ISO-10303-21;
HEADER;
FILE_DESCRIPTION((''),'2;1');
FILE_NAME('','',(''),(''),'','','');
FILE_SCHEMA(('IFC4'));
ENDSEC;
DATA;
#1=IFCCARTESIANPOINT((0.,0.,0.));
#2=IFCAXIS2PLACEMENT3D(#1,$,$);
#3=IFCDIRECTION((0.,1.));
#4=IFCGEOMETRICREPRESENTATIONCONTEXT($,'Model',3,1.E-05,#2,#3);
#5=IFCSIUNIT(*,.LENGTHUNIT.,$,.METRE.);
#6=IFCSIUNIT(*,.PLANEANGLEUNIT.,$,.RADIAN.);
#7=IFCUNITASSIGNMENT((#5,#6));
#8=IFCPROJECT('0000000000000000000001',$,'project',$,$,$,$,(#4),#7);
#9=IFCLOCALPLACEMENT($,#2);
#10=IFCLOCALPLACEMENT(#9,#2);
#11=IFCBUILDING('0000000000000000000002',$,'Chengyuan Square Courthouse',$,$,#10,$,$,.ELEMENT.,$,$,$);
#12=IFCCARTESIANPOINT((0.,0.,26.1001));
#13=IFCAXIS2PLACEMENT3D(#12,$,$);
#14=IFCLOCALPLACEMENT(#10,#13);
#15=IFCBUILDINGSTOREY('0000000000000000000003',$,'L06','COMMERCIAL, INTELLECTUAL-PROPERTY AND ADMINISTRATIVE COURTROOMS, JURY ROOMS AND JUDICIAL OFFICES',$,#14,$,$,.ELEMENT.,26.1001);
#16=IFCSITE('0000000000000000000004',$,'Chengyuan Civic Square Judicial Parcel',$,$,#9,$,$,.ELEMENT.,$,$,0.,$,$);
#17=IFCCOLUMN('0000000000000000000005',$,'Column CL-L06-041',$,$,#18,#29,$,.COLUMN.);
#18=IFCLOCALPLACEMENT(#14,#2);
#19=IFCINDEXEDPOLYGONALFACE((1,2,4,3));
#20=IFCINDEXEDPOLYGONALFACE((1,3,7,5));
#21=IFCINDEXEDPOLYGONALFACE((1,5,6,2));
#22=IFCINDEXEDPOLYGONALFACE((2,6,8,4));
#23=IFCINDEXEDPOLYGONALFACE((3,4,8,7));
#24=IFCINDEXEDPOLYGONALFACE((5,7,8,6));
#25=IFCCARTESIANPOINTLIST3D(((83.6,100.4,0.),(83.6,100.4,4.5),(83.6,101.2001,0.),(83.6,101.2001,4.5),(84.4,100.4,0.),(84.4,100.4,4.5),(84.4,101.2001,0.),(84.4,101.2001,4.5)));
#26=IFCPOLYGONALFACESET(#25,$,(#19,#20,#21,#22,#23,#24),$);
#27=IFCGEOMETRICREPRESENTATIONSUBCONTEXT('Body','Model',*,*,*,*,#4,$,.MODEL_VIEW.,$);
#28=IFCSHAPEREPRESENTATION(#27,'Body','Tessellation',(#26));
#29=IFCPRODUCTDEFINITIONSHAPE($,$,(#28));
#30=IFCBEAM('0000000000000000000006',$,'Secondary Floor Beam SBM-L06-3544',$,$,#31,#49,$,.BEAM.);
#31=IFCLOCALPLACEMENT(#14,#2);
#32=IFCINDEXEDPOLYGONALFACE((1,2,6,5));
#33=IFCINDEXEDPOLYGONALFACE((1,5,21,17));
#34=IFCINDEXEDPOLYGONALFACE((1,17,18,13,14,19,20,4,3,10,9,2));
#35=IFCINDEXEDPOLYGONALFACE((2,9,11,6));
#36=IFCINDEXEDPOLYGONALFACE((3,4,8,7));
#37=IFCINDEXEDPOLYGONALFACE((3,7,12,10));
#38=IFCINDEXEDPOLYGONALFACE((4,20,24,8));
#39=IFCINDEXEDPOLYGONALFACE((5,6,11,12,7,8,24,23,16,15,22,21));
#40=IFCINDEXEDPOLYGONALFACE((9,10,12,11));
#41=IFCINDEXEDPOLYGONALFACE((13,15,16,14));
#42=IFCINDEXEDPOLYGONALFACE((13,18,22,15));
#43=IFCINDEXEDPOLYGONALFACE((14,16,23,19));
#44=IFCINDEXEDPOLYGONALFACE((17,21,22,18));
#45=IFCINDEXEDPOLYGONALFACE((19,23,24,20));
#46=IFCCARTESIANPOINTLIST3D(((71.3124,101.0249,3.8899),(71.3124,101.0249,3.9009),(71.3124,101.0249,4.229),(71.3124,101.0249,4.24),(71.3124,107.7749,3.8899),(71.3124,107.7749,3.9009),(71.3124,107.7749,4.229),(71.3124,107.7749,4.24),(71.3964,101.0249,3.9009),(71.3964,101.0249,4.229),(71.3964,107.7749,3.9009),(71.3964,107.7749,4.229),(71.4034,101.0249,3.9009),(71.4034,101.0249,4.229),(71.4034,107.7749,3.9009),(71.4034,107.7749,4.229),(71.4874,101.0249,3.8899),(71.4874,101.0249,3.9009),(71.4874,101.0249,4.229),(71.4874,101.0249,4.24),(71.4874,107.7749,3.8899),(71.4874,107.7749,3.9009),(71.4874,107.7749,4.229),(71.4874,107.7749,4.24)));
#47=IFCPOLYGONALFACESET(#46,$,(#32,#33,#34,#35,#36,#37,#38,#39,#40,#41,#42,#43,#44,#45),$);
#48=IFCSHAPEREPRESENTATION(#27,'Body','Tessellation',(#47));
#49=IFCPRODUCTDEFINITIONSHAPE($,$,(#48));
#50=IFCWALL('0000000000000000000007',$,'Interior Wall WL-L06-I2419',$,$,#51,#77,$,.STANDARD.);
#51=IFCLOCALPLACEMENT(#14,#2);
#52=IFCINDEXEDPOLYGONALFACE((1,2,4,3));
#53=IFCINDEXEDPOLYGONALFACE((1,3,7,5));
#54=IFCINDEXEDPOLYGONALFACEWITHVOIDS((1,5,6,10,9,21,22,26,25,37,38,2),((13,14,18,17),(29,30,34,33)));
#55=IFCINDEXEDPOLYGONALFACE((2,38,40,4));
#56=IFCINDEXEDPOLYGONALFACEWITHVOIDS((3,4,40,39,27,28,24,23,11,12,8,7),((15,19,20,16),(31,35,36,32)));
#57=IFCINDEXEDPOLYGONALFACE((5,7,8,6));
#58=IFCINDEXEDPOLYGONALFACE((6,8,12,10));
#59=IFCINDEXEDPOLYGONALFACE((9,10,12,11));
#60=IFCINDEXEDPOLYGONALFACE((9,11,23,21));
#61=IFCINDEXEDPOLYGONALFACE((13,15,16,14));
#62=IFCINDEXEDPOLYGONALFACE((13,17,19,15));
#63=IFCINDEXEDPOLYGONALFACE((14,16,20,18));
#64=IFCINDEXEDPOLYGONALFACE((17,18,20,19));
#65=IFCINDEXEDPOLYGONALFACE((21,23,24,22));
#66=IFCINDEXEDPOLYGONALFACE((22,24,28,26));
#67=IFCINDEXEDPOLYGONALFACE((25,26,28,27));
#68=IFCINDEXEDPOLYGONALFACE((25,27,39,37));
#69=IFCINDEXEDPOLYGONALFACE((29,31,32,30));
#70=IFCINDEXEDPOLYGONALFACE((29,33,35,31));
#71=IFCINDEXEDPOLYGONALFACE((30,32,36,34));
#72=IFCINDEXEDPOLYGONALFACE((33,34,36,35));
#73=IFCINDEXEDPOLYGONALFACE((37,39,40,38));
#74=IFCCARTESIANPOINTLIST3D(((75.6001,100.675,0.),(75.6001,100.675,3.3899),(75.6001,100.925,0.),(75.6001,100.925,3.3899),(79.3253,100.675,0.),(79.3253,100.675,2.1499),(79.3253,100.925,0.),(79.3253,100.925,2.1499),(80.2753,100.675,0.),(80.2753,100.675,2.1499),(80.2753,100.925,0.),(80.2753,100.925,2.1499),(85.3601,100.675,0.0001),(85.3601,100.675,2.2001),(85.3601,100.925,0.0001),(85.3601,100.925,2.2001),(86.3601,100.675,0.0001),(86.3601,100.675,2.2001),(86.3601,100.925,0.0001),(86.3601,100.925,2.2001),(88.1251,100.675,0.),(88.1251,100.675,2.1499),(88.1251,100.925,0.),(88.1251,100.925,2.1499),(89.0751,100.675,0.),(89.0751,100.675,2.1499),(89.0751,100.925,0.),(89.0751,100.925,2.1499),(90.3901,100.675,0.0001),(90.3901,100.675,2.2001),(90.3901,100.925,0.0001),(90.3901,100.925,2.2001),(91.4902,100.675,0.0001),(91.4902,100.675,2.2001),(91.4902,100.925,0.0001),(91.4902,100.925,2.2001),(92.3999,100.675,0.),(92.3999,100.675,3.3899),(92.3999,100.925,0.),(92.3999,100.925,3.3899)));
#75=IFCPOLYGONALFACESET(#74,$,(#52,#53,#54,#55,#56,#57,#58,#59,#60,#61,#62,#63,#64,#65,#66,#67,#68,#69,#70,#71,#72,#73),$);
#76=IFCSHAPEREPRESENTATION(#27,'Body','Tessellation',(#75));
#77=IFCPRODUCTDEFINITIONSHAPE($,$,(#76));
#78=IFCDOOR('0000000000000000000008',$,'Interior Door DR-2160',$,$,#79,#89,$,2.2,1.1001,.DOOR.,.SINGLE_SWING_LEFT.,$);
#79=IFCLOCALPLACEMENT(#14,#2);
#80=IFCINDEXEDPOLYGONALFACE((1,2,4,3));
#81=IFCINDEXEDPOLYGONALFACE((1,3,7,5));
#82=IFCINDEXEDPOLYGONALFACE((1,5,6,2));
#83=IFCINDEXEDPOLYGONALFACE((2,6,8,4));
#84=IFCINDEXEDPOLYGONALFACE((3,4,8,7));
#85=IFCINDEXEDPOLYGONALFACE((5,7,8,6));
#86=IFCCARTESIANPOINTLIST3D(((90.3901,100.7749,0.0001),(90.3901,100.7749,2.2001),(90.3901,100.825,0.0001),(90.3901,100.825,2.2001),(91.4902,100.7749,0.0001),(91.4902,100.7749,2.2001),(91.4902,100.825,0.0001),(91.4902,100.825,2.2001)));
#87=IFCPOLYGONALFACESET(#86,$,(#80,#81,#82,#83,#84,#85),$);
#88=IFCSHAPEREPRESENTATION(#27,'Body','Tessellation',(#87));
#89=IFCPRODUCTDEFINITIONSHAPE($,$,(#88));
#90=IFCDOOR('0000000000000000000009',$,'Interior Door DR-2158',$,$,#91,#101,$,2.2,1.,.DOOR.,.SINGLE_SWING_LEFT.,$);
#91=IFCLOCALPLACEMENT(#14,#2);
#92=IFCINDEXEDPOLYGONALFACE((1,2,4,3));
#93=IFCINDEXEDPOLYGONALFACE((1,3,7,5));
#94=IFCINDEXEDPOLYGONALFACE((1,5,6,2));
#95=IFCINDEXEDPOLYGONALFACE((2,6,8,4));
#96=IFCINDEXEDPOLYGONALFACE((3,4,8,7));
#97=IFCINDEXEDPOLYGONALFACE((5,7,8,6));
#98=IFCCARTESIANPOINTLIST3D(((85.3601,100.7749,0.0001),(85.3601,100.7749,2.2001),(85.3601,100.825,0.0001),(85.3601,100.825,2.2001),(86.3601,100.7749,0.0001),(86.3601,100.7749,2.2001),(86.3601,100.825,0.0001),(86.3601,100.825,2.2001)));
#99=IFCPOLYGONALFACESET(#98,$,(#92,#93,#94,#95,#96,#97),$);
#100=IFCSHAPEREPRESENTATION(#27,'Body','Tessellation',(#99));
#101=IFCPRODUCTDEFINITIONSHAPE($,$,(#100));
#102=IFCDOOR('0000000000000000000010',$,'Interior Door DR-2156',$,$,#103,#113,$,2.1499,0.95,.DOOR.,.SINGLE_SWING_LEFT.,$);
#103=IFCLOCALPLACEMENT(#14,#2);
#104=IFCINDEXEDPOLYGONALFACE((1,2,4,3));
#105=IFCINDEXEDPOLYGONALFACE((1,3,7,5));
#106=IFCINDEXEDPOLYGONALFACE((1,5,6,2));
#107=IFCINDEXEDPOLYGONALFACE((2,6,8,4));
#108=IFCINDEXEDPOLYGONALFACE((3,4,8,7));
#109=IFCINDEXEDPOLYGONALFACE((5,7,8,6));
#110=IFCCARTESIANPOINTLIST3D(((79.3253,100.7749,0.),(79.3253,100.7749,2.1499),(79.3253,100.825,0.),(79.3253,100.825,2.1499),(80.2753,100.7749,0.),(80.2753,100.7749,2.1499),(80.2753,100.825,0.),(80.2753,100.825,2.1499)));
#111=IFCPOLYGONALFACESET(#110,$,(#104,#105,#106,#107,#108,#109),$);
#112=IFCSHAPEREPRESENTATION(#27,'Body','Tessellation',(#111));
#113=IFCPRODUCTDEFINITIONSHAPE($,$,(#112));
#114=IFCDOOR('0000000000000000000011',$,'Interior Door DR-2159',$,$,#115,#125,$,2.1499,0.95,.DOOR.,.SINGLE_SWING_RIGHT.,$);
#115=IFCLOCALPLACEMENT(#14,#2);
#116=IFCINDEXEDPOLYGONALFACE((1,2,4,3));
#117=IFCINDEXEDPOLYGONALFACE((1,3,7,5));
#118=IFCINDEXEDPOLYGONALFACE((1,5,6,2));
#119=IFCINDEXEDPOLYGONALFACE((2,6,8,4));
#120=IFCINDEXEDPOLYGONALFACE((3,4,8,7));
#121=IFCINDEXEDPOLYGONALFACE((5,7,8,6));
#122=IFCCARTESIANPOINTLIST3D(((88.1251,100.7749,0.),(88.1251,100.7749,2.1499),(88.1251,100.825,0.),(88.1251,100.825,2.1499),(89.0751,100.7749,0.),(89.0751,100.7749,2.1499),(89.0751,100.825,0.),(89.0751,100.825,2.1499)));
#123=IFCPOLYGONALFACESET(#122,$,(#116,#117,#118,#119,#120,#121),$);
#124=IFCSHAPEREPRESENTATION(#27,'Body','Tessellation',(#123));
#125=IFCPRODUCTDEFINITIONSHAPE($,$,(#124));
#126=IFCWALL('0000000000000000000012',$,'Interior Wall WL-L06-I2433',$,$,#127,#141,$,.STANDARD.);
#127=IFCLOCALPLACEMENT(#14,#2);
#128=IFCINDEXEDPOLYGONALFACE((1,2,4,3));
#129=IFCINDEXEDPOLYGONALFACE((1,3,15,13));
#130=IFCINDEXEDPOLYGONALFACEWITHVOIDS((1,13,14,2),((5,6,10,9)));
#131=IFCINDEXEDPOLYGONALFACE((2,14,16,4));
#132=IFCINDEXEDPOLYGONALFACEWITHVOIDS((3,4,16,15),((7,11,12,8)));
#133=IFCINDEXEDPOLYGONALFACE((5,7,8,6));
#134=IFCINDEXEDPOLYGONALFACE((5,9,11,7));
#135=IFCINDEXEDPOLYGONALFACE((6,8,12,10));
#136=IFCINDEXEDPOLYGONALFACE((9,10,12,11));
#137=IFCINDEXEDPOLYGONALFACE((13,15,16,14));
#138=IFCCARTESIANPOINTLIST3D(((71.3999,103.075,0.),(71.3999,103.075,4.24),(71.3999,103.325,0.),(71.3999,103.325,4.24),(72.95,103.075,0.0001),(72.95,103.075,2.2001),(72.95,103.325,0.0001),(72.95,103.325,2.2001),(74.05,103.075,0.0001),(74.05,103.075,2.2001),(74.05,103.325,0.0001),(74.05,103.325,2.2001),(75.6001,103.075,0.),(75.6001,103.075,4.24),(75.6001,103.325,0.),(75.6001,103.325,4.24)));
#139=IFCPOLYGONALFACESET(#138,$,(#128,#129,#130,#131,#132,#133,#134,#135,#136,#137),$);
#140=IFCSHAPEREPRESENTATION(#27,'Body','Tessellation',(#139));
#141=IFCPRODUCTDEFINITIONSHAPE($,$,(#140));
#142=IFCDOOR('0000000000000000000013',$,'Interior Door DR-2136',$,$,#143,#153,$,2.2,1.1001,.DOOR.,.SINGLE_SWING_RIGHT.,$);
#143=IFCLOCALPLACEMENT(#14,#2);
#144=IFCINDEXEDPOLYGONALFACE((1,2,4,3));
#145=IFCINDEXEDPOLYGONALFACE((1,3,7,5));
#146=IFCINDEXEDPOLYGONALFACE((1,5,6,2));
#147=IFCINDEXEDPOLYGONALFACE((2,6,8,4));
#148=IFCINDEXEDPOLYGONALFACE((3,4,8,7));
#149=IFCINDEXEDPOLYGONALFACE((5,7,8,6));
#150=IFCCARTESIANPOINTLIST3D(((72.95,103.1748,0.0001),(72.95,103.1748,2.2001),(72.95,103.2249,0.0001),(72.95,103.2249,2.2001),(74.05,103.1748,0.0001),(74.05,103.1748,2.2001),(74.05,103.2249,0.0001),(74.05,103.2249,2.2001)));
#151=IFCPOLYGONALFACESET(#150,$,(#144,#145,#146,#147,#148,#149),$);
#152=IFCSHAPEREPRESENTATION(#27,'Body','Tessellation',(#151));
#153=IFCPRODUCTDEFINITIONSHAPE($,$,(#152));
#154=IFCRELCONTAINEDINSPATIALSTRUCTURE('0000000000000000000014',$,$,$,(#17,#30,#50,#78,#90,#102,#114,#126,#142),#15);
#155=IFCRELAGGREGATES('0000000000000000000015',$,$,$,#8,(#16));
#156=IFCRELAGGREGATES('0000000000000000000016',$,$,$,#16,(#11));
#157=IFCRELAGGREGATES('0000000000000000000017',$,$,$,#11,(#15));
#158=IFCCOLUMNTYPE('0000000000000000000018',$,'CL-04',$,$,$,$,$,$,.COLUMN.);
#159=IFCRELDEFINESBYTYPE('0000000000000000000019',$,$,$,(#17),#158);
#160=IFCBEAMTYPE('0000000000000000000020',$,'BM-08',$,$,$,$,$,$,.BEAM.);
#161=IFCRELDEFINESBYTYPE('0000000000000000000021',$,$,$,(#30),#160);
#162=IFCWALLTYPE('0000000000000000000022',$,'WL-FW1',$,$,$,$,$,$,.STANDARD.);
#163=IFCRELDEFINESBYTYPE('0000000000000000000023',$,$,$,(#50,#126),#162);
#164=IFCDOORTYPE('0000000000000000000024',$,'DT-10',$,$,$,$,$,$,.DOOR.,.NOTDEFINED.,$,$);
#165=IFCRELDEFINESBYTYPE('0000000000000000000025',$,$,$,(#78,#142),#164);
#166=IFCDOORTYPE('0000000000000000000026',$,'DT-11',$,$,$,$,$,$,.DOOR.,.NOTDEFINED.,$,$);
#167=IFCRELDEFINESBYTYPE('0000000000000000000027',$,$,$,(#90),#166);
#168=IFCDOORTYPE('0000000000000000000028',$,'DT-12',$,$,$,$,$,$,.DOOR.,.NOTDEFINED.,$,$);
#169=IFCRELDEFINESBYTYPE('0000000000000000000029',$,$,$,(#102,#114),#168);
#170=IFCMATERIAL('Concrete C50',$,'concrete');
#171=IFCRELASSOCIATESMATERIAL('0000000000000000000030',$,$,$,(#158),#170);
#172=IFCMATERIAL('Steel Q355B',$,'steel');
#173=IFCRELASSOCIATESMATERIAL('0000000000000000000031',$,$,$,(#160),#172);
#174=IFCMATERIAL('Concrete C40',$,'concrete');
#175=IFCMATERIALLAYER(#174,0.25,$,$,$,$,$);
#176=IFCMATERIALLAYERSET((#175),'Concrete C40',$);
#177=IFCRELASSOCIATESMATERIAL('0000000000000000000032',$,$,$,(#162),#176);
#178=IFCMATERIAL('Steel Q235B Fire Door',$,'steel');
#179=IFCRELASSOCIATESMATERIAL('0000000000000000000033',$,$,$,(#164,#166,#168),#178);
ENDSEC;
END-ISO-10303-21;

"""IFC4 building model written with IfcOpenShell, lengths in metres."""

from ifc_helpers import new_model, si_unit, direction, frame, frame_2d, origin, origin_2d, place, context, subcontext, project, spatial, rectangle, i_section, extrude, material, layer, layer_set, material_profile, profile_set, type_object, element, fill, save


model = new_model("IFC4")

# Units and contexts
model_context = context("Model", 3, precision=1e-05, world=origin(), true_north=direction((0.0, 1.0)))
body_context = subcontext(model_context, "Body", "Model", "MODEL_VIEW")
ifc_project = project(units=[si_unit("LENGTHUNIT", "METRE"), si_unit("PLANEANGLEUNIT", "RADIAN")], contexts=[model_context])

# Site, building, storey
site_placement = place(None, origin())
site = spatial("IfcSite", under=ifc_project, at=site_placement, Name="Chengyuan Civic Square Judicial Parcel", CompositionType="ELEMENT", RefElevation=0.0)
building_placement = place(site_placement, origin())
building = spatial("IfcBuilding", under=site, at=building_placement, Name="Chengyuan Square Courthouse", CompositionType="ELEMENT")
storey_placement = place(building_placement, frame((0.0, 0.0, 26.1001)))
storey = spatial("IfcBuildingStorey", under=building, at=storey_placement, Name="L06", Description="COMMERCIAL, INTELLECTUAL-PROPERTY AND ADMINISTRATIVE COURTROOMS, JURY ROOMS AND JUDICIAL OFFICES", CompositionType="ELEMENT", Elevation=26.1001)

# Column
ifc_material_1 = material(Name="Concrete C50", Category="concrete")
ifc_material_profile_1 = material_profile(ifc_material_1, rectangle(XDim=0.8, YDim=0.8, at=origin_2d()), Name="RC-COL-800x800")
ifc_profile_set_1 = profile_set([ifc_material_profile_1], Name="Concrete C50")
column_type = type_object("IfcColumnType", Name="CL-04", PredefinedType="COLUMN", material=ifc_profile_set_1)
column_placement = place(storey_placement, frame((84.0, 100.8, 0.0), z_axis=(0.0, 0.0, 1.0), x_axis=(1.0, 0.0, 0.0)))
element("IfcColumn", 1, at=column_placement, inside=storey, type_object=column_type, Name="Column CL-L06-041", PredefinedType="COLUMN", context=body_context, shape_type="SweptSolid", body=[
    extrude(rectangle(XDim=0.8, YDim=0.8, at=origin_2d()), origin(), (0.0, 0.0, 1.0), 4.5),
])

# Beam
ifc_material_2 = material(Name="Steel Q355B", Category="steel")
ifc_material_profile_2 = material_profile(ifc_material_2, i_section(OverallWidth=0.175, OverallDepth=0.3501, WebThickness=0.0071, FlangeThickness=0.011, at=origin_2d()), Name="HN 350x175x7x11")
ifc_profile_set_2 = profile_set([ifc_material_profile_2], Name="Steel Q355B")
beam_type = type_object("IfcBeamType", Name="BM-08", PredefinedType="BEAM", material=ifc_profile_set_2)
beam_placement = place(storey_placement, frame((71.3999, 101.0249, 4.0649), z_axis=(0.0, 1.0, 0.0), x_axis=(-1.0, 0.0, 0.0)))
element("IfcBeam", 2, at=beam_placement, inside=storey, type_object=beam_type, Name="Secondary Floor Beam SBM-L06-3544", PredefinedType="BEAM", context=body_context, shape_type="SweptSolid", body=[
    extrude(i_section(OverallWidth=0.175, OverallDepth=0.3501, WebThickness=0.0071, FlangeThickness=0.011, at=origin_2d()), origin(), (0.0, 0.0, 1.0), 6.75),
])

# Wall, openings, doors
ifc_material_3 = material(Name="Concrete C40", Category="concrete")
ifc_layer_1 = layer(ifc_material_3, 0.25)
ifc_layer_set_1 = layer_set([ifc_layer_1], Name="Concrete C40")
wall_type_1 = type_object("IfcWallType", Name="WL-FW1", PredefinedType="STANDARD", material=ifc_layer_set_1)
wall_1_placement = place(storey_placement, frame((75.6001, 100.8, 0.0), z_axis=(0.0, 0.0, 1.0), x_axis=(1.0, 0.0, 0.0)))
wall_1 = element("IfcWall", 3, at=wall_1_placement, inside=storey, type_object=wall_type_1, Name="Interior Wall WL-L06-I2419", PredefinedType="STANDARD", context=body_context, shape_type="SweptSolid", body=[
    extrude(rectangle(XDim=16.7998, YDim=0.25, at=frame_2d((8.3999, 0.0))), origin(), (0.0, 0.0, 1.0), 3.3899),
])
opening_1_placement = place(wall_1_placement, frame((3.7251, 0.0, 0.0)))
opening_1 = element("IfcOpeningElement", 4, at=opening_1_placement, cuts=wall_1, PredefinedType="OPENING", context=body_context, shape_type="SweptSolid", body=[
    extrude(rectangle(XDim=0.95, YDim=2.1499, at=frame_2d((0.4751, 1.075))), frame((0.0, 0.137, 0.0), z_axis=(0.0, -1.0, 0.0), x_axis=(1.0, 0.0, 0.0)), (0.0, 0.0, 1.0), 0.2739),
])
opening_2_placement = place(wall_1_placement, frame((9.76, 0.0, 0.0)))
opening_2 = element("IfcOpeningElement", 5, at=opening_2_placement, cuts=wall_1, PredefinedType="OPENING", context=body_context, shape_type="SweptSolid", body=[
    extrude(rectangle(XDim=1.0, YDim=2.2, at=frame_2d((0.5, 1.1001))), frame((0.0, 0.137, 0.0), z_axis=(0.0, -1.0, 0.0), x_axis=(1.0, 0.0, 0.0)), (0.0, 0.0, 1.0), 0.2739),
])
opening_3_placement = place(wall_1_placement, frame((12.5249, 0.0, 0.0)))
opening_3 = element("IfcOpeningElement", 6, at=opening_3_placement, cuts=wall_1, PredefinedType="OPENING", context=body_context, shape_type="SweptSolid", body=[
    extrude(rectangle(XDim=0.95, YDim=2.1499, at=frame_2d((0.4751, 1.075))), frame((0.0, 0.137, 0.0), z_axis=(0.0, -1.0, 0.0), x_axis=(1.0, 0.0, 0.0)), (0.0, 0.0, 1.0), 0.2739),
])
opening_4_placement = place(wall_1_placement, frame((14.79, 0.0, 0.0)))
opening_4 = element("IfcOpeningElement", 7, at=opening_4_placement, cuts=wall_1, PredefinedType="OPENING", context=body_context, shape_type="SweptSolid", body=[
    extrude(rectangle(XDim=1.1001, YDim=2.2, at=frame_2d((0.55, 1.1001))), frame((0.0, 0.137, 0.0), z_axis=(0.0, -1.0, 0.0), x_axis=(1.0, 0.0, 0.0)), (0.0, 0.0, 1.0), 0.2739),
])
ifc_material_4 = material(Name="Steel Q235B Fire Door", Category="steel")
door_type_1 = type_object("IfcDoorType", Name="DT-10", OperationType="NOTDEFINED", PredefinedType="DOOR", material=ifc_material_4)
door_1_placement = place(opening_4_placement, origin())
door_1 = element("IfcDoor", 8, at=door_1_placement, inside=storey, type_object=door_type_1, Name="Interior Door DR-2160", OperationType="SINGLE_SWING_LEFT", OverallHeight=2.2, OverallWidth=1.1001, PredefinedType="DOOR", context=body_context, shape_type="SweptSolid", body=[
    extrude(rectangle(XDim=1.1001, YDim=2.2, at=frame_2d((0.55, 1.1001))), frame((0.0, 0.0249, 0.0), z_axis=(0.0, -1.0, 0.0), x_axis=(1.0, 0.0, 0.0)), (0.0, 0.0, 1.0), 0.05),
])
fill(opening_4, door_1)
door_type_2 = type_object("IfcDoorType", Name="DT-11", OperationType="NOTDEFINED", PredefinedType="DOOR", material=ifc_material_4)
door_2_placement = place(opening_2_placement, origin())
door_2 = element("IfcDoor", 9, at=door_2_placement, inside=storey, type_object=door_type_2, Name="Interior Door DR-2158", OperationType="SINGLE_SWING_LEFT", OverallHeight=2.2, OverallWidth=1.0, PredefinedType="DOOR", context=body_context, shape_type="SweptSolid", body=[
    extrude(rectangle(XDim=1.0, YDim=2.2, at=frame_2d((0.5, 1.1001))), frame((0.0, 0.0249, 0.0), z_axis=(0.0, -1.0, 0.0), x_axis=(1.0, 0.0, 0.0)), (0.0, 0.0, 1.0), 0.05),
])
fill(opening_2, door_2)
door_type_3 = type_object("IfcDoorType", Name="DT-12", OperationType="NOTDEFINED", PredefinedType="DOOR", material=ifc_material_4)
door_3_placement = place(opening_1_placement, origin())
door_3 = element("IfcDoor", 10, at=door_3_placement, inside=storey, type_object=door_type_3, Name="Interior Door DR-2156", OperationType="SINGLE_SWING_LEFT", OverallHeight=2.1499, OverallWidth=0.95, PredefinedType="DOOR", context=body_context, shape_type="SweptSolid", body=[
    extrude(rectangle(XDim=0.95, YDim=2.1499, at=frame_2d((0.4751, 1.075))), frame((0.0, 0.0249, 0.0), z_axis=(0.0, -1.0, 0.0), x_axis=(1.0, 0.0, 0.0)), (0.0, 0.0, 1.0), 0.05),
])
fill(opening_1, door_3)
door_4_placement = place(opening_3_placement, origin())
door_4 = element("IfcDoor", 11, at=door_4_placement, inside=storey, type_object=door_type_3, Name="Interior Door DR-2159", OperationType="SINGLE_SWING_RIGHT", OverallHeight=2.1499, OverallWidth=0.95, PredefinedType="DOOR", context=body_context, shape_type="SweptSolid", body=[
    extrude(rectangle(XDim=0.95, YDim=2.1499, at=frame_2d((0.4751, 1.075))), frame((0.0, 0.0249, 0.0), z_axis=(0.0, -1.0, 0.0), x_axis=(1.0, 0.0, 0.0)), (0.0, 0.0, 1.0), 0.05),
])
fill(opening_3, door_4)

# Wall, opening, door
wall_2_placement = place(storey_placement, frame((71.3999, 103.2, 0.0), z_axis=(0.0, 0.0, 1.0), x_axis=(1.0, 0.0, 0.0)))
wall_2 = element("IfcWall", 12, at=wall_2_placement, inside=storey, type_object=wall_type_1, Name="Interior Wall WL-L06-I2433", PredefinedType="STANDARD", context=body_context, shape_type="SweptSolid", body=[
    extrude(rectangle(XDim=4.2002, YDim=0.25, at=frame_2d((2.1001, 0.0))), origin(), (0.0, 0.0, 1.0), 4.24),
])
opening_5_placement = place(wall_2_placement, frame((1.55, 0.0, 0.0)))
opening_5 = element("IfcOpeningElement", 13, at=opening_5_placement, cuts=wall_2, PredefinedType="OPENING", context=body_context, shape_type="SweptSolid", body=[
    extrude(rectangle(XDim=1.1001, YDim=2.2, at=frame_2d((0.55, 1.1001))), frame((0.0, 0.137, 0.0), z_axis=(0.0, -1.0, 0.0), x_axis=(1.0, 0.0, 0.0)), (0.0, 0.0, 1.0), 0.2739),
])
door_5_placement = place(opening_5_placement, origin())
door_5 = element("IfcDoor", 14, at=door_5_placement, inside=storey, type_object=door_type_1, Name="Interior Door DR-2136", OperationType="SINGLE_SWING_RIGHT", OverallHeight=2.2, OverallWidth=1.1001, PredefinedType="DOOR", context=body_context, shape_type="SweptSolid", body=[
    extrude(rectangle(XDim=1.1001, YDim=2.2, at=frame_2d((0.55, 1.1001))), frame((0.0, 0.0249, 0.0), z_axis=(0.0, -1.0, 0.0), x_axis=(1.0, 0.0, 0.0)), (0.0, 0.0, 1.0), 0.05),
])
fill(opening_5, door_5)

save(model, "model.ifc")
